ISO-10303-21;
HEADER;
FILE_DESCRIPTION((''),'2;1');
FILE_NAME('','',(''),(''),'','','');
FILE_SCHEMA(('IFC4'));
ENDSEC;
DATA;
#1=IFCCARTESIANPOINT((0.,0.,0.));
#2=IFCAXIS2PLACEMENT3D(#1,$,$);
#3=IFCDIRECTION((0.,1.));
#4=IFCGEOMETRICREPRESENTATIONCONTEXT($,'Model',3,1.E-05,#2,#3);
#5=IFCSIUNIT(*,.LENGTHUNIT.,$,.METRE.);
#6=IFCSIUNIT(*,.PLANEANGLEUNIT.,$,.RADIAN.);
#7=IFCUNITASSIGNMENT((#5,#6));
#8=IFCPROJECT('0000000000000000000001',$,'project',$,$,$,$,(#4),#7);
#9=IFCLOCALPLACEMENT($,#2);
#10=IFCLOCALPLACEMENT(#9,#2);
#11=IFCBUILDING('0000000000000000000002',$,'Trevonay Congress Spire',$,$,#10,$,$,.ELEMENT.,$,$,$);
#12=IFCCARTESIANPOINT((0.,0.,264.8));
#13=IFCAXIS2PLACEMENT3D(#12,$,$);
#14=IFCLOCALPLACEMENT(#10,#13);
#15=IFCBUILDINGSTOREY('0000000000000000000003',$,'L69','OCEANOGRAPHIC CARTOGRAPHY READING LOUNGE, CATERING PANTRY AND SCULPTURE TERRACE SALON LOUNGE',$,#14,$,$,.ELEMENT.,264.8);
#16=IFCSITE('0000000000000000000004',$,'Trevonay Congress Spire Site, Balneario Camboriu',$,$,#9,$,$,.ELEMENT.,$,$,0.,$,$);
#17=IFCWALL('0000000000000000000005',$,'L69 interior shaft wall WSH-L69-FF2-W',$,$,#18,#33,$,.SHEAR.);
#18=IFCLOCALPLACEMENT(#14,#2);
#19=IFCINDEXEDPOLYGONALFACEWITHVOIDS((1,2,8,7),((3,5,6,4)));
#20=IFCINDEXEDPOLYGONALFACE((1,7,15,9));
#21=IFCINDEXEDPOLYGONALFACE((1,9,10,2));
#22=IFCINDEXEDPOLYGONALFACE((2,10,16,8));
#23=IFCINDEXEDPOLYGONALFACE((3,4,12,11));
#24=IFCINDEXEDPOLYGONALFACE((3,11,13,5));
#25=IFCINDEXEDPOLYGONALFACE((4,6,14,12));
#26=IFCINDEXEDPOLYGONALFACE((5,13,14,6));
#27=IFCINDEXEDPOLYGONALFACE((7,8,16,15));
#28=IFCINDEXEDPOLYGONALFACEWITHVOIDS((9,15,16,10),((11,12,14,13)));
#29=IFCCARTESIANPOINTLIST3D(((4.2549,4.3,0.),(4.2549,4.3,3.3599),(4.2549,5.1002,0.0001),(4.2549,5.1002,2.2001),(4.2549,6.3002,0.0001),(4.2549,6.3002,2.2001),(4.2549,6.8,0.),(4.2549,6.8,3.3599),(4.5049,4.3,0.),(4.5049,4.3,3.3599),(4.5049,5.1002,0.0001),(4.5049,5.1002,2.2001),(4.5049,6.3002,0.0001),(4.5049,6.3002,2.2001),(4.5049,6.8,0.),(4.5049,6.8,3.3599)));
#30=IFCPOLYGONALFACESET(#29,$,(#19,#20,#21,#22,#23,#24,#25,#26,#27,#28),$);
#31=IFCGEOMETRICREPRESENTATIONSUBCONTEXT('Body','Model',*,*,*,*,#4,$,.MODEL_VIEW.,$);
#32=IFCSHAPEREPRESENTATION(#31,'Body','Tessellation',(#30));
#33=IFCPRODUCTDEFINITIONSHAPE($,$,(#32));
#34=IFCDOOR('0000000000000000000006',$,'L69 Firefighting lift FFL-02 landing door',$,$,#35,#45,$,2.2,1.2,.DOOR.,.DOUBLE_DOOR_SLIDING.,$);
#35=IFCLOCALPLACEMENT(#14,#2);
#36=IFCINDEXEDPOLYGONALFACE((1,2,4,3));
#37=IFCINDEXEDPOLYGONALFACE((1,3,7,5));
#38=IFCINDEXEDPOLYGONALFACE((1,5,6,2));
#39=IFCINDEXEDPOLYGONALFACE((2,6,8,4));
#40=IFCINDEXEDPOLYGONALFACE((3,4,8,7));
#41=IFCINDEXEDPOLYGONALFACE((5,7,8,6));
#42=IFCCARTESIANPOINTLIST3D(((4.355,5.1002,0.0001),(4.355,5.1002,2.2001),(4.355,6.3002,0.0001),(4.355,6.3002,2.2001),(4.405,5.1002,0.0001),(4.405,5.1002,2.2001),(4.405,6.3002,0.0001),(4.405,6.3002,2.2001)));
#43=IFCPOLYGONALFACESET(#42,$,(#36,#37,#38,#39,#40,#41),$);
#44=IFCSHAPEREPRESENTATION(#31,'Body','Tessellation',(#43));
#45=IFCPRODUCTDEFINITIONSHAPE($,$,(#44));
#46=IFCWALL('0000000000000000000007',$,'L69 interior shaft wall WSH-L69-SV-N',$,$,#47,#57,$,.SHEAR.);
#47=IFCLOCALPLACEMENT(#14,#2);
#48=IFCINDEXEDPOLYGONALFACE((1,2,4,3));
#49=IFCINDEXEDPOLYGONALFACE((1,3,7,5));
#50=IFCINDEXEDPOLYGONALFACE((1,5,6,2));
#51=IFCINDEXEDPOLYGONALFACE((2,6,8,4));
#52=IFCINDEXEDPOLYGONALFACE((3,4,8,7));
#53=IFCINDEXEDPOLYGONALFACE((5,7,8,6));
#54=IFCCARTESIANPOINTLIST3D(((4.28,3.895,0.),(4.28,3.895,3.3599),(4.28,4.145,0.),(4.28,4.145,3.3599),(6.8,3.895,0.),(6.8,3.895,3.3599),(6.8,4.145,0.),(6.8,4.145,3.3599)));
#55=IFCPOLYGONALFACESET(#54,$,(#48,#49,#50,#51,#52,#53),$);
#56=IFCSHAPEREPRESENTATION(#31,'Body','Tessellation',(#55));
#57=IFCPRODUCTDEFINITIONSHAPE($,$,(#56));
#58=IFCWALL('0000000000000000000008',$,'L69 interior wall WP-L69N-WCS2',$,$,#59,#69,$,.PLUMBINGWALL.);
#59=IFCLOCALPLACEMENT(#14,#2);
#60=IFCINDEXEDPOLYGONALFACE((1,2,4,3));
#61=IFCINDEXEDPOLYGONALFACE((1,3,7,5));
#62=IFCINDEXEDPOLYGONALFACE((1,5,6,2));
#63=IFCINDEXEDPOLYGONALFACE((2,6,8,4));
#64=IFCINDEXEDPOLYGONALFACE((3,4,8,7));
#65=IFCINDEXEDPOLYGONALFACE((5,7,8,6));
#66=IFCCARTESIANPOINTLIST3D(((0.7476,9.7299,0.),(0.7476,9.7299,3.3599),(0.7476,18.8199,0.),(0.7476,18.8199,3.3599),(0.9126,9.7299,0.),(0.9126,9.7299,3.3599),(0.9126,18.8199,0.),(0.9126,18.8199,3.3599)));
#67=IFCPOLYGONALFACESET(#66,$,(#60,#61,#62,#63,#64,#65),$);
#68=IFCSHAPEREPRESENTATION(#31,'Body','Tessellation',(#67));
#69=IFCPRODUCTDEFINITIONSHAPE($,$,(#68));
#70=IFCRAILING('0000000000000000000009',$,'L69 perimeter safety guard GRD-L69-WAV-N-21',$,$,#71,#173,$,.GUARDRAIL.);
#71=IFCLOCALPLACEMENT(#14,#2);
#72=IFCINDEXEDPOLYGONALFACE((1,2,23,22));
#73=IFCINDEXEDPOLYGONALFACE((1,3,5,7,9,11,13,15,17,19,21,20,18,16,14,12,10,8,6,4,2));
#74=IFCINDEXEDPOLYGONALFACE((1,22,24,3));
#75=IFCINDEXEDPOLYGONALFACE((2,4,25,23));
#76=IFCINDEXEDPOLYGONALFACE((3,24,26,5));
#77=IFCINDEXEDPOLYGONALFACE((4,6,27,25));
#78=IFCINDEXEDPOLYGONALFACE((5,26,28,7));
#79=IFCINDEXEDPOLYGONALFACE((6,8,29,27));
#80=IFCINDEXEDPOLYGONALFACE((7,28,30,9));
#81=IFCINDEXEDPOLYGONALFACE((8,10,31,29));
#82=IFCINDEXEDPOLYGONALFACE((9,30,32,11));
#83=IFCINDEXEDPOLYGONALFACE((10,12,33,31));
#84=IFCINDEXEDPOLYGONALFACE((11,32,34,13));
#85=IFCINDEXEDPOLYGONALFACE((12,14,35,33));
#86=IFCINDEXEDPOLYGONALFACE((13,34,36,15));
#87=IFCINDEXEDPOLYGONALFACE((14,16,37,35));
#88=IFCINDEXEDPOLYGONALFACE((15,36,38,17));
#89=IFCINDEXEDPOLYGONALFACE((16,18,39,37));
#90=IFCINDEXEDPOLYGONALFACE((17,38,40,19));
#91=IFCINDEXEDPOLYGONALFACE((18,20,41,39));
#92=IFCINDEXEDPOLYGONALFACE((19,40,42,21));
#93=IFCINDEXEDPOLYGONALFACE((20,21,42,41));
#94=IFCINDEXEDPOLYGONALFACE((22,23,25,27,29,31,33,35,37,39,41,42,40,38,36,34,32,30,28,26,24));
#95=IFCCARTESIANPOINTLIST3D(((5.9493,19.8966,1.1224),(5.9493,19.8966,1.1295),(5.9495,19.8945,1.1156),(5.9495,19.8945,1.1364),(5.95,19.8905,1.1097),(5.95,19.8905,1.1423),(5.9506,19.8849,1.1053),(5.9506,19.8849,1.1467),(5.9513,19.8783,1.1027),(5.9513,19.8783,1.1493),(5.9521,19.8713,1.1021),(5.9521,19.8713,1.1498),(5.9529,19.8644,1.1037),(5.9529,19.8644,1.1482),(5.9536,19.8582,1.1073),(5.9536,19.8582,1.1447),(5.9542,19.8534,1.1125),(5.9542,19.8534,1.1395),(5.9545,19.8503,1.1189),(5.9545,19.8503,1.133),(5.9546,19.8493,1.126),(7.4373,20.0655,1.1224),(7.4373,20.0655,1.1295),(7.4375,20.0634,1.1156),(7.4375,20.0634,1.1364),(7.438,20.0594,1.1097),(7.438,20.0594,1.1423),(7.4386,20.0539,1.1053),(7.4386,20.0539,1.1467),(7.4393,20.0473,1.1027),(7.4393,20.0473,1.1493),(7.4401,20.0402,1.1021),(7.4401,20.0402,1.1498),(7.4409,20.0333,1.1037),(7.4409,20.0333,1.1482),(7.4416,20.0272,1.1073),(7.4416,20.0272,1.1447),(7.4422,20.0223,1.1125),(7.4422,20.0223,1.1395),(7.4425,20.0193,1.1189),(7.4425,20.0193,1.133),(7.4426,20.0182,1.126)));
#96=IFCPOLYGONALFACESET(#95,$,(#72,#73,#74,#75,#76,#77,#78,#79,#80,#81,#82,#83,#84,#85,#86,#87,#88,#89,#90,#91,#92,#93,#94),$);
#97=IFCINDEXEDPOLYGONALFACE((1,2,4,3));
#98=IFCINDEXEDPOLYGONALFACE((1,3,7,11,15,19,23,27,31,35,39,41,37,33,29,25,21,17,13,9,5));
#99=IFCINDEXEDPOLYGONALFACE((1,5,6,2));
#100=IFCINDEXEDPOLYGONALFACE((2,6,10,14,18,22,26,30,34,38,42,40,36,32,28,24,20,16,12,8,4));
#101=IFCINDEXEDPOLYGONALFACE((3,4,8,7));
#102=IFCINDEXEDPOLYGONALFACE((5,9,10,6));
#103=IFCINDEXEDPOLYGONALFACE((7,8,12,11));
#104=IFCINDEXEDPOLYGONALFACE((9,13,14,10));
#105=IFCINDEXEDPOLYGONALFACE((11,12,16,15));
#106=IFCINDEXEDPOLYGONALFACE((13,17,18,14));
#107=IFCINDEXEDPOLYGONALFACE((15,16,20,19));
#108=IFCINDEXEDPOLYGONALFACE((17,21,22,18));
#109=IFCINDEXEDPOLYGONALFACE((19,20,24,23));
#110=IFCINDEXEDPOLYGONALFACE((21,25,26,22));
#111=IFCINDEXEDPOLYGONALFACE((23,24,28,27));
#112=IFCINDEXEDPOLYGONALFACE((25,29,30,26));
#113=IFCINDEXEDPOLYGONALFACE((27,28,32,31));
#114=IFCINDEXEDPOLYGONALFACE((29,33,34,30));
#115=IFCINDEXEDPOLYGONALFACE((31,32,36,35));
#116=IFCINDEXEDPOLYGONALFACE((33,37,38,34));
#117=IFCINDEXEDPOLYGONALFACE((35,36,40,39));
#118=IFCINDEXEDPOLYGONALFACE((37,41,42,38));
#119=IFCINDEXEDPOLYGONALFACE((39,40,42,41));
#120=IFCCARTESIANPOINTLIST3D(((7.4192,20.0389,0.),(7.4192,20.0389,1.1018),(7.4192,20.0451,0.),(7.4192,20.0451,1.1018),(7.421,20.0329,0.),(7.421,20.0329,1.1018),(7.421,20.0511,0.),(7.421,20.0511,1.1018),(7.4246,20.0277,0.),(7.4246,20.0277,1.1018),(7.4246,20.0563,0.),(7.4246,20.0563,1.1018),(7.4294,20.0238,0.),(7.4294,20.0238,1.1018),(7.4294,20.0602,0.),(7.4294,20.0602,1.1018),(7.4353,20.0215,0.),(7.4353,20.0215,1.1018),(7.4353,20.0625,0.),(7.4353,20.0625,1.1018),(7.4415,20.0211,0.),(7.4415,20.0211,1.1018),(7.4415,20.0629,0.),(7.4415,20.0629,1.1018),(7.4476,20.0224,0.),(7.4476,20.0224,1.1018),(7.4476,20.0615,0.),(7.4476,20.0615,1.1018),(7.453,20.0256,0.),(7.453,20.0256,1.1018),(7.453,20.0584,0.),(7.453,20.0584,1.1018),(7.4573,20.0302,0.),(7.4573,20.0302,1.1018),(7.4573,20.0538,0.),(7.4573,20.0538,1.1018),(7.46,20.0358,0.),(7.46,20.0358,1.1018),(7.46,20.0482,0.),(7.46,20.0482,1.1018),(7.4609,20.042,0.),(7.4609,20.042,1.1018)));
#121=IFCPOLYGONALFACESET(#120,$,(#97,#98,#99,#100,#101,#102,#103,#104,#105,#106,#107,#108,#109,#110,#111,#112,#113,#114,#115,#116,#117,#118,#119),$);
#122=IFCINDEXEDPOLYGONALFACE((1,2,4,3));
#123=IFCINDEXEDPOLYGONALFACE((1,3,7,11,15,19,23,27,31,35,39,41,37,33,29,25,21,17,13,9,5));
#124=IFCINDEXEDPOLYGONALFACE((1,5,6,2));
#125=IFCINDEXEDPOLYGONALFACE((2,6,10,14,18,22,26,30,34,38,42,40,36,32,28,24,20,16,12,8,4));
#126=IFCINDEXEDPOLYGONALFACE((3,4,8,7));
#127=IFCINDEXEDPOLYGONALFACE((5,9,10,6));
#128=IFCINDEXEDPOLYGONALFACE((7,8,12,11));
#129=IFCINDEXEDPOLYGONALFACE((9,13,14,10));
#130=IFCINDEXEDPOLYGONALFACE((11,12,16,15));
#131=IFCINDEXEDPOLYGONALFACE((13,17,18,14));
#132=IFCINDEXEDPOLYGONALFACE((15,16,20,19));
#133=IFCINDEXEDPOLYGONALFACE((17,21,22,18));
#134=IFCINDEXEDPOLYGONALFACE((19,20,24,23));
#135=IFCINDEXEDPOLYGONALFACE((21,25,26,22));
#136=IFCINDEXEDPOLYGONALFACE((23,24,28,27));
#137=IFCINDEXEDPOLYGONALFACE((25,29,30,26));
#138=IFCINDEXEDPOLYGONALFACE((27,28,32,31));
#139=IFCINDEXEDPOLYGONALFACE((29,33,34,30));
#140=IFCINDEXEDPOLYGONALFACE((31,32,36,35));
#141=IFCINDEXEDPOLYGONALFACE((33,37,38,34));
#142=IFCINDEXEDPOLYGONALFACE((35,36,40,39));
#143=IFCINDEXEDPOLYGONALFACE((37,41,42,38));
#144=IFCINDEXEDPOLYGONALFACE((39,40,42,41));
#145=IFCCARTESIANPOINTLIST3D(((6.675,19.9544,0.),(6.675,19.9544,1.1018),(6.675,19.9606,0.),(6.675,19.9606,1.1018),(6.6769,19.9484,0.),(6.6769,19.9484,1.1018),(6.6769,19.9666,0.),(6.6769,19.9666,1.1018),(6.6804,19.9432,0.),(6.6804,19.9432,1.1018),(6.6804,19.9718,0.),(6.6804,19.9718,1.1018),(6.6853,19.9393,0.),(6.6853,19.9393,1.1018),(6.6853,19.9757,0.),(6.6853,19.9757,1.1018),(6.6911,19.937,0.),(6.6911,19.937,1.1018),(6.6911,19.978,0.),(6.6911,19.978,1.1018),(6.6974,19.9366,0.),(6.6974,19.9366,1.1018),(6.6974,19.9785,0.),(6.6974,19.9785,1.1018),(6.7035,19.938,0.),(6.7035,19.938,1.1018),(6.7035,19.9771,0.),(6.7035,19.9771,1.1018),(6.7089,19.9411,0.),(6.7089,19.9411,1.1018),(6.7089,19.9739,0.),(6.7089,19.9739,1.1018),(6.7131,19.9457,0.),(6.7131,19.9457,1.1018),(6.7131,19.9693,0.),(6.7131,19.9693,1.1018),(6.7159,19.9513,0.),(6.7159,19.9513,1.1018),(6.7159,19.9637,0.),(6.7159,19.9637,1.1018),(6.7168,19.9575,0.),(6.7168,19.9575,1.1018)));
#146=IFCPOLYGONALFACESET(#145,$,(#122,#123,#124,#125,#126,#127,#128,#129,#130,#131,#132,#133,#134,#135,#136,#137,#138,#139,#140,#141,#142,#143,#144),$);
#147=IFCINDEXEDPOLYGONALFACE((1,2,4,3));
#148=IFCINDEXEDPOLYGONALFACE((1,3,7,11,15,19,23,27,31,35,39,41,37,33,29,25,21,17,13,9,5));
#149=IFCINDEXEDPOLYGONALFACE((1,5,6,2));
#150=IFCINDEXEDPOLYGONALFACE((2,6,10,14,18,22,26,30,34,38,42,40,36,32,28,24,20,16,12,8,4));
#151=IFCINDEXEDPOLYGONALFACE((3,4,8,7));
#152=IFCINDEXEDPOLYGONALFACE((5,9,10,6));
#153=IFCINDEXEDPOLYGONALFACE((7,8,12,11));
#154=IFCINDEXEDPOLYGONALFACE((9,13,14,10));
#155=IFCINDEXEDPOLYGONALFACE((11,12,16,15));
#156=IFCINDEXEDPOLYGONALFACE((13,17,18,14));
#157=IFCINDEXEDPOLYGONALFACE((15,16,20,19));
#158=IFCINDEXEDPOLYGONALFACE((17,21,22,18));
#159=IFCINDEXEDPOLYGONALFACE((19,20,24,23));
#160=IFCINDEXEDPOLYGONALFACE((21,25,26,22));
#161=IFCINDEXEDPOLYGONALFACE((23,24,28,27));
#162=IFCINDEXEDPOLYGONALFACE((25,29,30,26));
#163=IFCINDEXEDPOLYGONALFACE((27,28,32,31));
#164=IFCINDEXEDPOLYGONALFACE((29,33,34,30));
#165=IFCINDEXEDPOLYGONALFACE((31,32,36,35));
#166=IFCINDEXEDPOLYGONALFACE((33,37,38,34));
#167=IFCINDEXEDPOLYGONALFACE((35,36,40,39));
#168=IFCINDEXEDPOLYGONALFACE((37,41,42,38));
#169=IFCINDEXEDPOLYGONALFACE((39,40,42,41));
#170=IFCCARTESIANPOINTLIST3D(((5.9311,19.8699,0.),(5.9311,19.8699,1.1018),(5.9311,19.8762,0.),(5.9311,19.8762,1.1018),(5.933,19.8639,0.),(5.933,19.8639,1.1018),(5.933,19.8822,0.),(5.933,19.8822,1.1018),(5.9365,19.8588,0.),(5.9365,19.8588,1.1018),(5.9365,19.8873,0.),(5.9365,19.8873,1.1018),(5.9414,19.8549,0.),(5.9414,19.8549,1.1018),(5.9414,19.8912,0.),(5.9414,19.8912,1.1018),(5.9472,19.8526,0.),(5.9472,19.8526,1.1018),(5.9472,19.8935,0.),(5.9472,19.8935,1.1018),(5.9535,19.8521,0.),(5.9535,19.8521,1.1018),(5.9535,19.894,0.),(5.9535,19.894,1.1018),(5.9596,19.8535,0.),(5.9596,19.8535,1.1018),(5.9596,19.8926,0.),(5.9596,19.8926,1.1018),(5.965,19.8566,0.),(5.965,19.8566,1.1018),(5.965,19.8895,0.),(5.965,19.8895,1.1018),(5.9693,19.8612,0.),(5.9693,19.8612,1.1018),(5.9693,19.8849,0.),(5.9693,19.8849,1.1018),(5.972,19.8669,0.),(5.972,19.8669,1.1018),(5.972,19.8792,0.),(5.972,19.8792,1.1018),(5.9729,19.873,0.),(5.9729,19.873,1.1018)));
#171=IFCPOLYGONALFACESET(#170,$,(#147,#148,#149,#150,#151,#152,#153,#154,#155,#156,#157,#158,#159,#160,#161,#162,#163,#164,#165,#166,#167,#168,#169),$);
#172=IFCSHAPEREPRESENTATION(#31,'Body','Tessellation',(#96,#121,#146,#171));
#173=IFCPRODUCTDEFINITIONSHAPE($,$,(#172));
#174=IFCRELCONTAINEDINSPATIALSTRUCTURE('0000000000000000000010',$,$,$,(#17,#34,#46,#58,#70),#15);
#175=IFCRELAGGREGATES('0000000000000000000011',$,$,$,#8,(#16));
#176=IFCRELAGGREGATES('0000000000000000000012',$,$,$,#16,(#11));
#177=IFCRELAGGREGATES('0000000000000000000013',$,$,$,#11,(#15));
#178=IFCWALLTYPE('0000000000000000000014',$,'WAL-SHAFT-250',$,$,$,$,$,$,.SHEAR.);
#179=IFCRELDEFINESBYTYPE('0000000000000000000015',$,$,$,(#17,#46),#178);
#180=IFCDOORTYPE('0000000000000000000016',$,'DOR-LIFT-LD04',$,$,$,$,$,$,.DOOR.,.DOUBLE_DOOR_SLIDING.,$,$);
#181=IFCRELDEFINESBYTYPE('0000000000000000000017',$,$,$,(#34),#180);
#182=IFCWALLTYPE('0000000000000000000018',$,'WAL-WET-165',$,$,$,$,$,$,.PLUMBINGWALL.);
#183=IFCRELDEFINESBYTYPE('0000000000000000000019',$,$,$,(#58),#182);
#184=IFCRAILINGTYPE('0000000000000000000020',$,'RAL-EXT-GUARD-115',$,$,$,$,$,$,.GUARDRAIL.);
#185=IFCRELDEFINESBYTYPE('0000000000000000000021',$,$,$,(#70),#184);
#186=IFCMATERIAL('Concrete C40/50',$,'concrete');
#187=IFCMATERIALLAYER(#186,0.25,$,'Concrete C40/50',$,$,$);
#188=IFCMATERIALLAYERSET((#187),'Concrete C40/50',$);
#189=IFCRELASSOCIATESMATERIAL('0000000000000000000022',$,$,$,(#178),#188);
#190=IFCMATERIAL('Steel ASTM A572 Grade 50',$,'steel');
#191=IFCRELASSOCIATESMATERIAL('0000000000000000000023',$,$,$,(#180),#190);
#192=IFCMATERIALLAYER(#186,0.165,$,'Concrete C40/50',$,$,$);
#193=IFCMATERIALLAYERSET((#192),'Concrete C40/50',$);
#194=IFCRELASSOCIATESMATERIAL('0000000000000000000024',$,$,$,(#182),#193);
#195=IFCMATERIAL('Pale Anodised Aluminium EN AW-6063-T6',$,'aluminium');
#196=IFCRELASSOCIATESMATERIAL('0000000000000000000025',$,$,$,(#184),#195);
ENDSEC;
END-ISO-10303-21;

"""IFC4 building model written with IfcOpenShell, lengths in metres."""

from ifc_helpers import new_model, si_unit, direction, frame, frame_2d, origin, origin_2d, place, context, subcontext, project, spatial, rectangle, circle, extrude, material, layer, layer_set, type_object, element, fill, save


model = new_model("IFC4")

# Units and contexts
model_context = context("Model", 3, precision=1e-05, world=origin(), true_north=direction((0.0, 1.0)))
body_context = subcontext(model_context, "Body", "Model", "MODEL_VIEW")
ifc_project = project(units=[si_unit("LENGTHUNIT", "METRE"), si_unit("PLANEANGLEUNIT", "RADIAN")], contexts=[model_context])

# Site, building, storey
site_placement = place(None, origin())
site = spatial("IfcSite", under=ifc_project, at=site_placement, Name="Trevonay Congress Spire Site, Balneario Camboriu", CompositionType="ELEMENT", RefElevation=0.0)
building_placement = place(site_placement, origin())
building = spatial("IfcBuilding", under=site, at=building_placement, Name="Trevonay Congress Spire", CompositionType="ELEMENT")
storey_placement = place(building_placement, frame((0.0, 0.0, 264.8)))
storey = spatial("IfcBuildingStorey", under=building, at=storey_placement, Name="L69", Description="OCEANOGRAPHIC CARTOGRAPHY READING LOUNGE, CATERING PANTRY AND SCULPTURE TERRACE SALON LOUNGE", CompositionType="ELEMENT", Elevation=264.8)

# Shared definitions
ifc_material_1 = material(Name="Steel ASTM A572 Grade 50", Category="steel")

# Shared definitions
ifc_material_2 = material(Name="Pale Anodised Aluminium EN AW-6063-T6", Category="aluminium")

# Shared definitions
ifc_material_3 = material(Name="Concrete C40/50", Category="concrete")
ifc_layer_1 = layer(ifc_material_3, 0.25, Name="Concrete C40/50")
ifc_layer_set_1 = layer_set([ifc_layer_1], Name="Concrete C40/50")
wall_type_1 = type_object("IfcWallType", Name="WAL-SHAFT-250", PredefinedType="SHEAR", material=ifc_layer_set_1)

# Wall, opening, door
wall_1_placement = place(storey_placement, frame((4.3799, 4.3, 0.0), z_axis=(0.0, 0.0, 1.0), x_axis=(0.0, 1.0, 0.0)))
wall_1 = element("IfcWall", 1, at=wall_1_placement, inside=storey, type_object=wall_type_1, Name="L69 interior shaft wall WSH-L69-FF2-W", PredefinedType="SHEAR", context=body_context, shape_type="SweptSolid", body=[
    extrude(rectangle(XDim=2.5, YDim=0.25, at=frame_2d((1.25, 0.0))), origin(), (0.0, 0.0, 1.0), 3.3599),
])
opening_1_placement = place(wall_1_placement, frame((0.8, 0.0, 0.0)))
opening_1 = element("IfcOpeningElement", 2, at=opening_1_placement, cuts=wall_1, PredefinedType="OPENING", context=body_context, shape_type="SweptSolid", body=[
    extrude(rectangle(XDim=1.2, YDim=2.2, at=frame_2d((0.6001, 1.1001))), frame((0.0, 0.135, 0.0), z_axis=(0.0, -1.0, 0.0), x_axis=(1.0, 0.0, 0.0)), (0.0, 0.0, 1.0), 0.27),
])
door_type_1 = type_object("IfcDoorType", Name="DOR-LIFT-LD04", OperationType="DOUBLE_DOOR_SLIDING", PredefinedType="DOOR", material=ifc_material_1)
door_1_placement = place(opening_1_placement, origin())
door_1 = element("IfcDoor", 3, at=door_1_placement, inside=storey, type_object=door_type_1, Name="L69 Firefighting lift FFL-02 landing door", OperationType="DOUBLE_DOOR_SLIDING", OverallHeight=2.2, OverallWidth=1.2, PredefinedType="DOOR", context=body_context, shape_type="SweptSolid", body=[
    extrude(rectangle(XDim=1.2, YDim=2.2, at=frame_2d((0.6001, 1.1001))), frame((0.0, 0.0249, 0.0), z_axis=(0.0, -1.0, 0.0), x_axis=(1.0, 0.0, 0.0)), (0.0, 0.0, 1.0), 0.05),
])
fill(opening_1, door_1)

# Walls
wall_2_placement = place(storey_placement, frame((4.28, 4.02, 0.0), z_axis=(0.0, 0.0, 1.0), x_axis=(1.0, 0.0, 0.0)))
element("IfcWall", 4, at=wall_2_placement, inside=storey, type_object=wall_type_1, Name="L69 interior shaft wall WSH-L69-SV-N", PredefinedType="SHEAR", context=body_context, shape_type="SweptSolid", body=[
    extrude(rectangle(XDim=2.52, YDim=0.25, at=frame_2d((1.26, 0.0))), origin(), (0.0, 0.0, 1.0), 3.3599),
])
ifc_layer_2 = layer(ifc_material_3, 0.165, Name="Concrete C40/50")
ifc_layer_set_2 = layer_set([ifc_layer_2], Name="Concrete C40/50")
wall_type_2 = type_object("IfcWallType", Name="WAL-WET-165", PredefinedType="PLUMBINGWALL", material=ifc_layer_set_2)
wall_3_placement = place(storey_placement, frame((0.8301, 9.73, 0.0), z_axis=(0.0, 0.0, 1.0), x_axis=(0.0, 1.0, 0.0)))
element("IfcWall", 5, at=wall_3_placement, inside=storey, type_object=wall_type_2, Name="L69 interior wall WP-L69N-WCS2", PredefinedType="PLUMBINGWALL", context=body_context, shape_type="SweptSolid", body=[
    extrude(rectangle(XDim=9.0901, YDim=0.165, at=frame_2d((4.5449, 0.0))), origin(), (0.0, 0.0, 1.0), 3.3599),
])

# Railing
railing_type = type_object("IfcRailingType", Name="RAL-EXT-GUARD-115", PredefinedType="GUARDRAIL", material=ifc_material_2)
railing_1_placement = place(storey_placement, frame((7.4399, 20.042, 0.0)))
element("IfcRailing", 6, at=railing_1_placement, inside=storey, type_object=railing_type, Name="L69 perimeter safety guard GRD-L69-WAV-N-21", PredefinedType="GUARDRAIL", context=body_context, shape_type="SweptSolid", body=[
    extrude(circle(Radius=0.0239, at=origin_2d()), frame((0.0, 0.0, 1.126), z_axis=(-0.993616, -0.112811, 0.0), x_axis=(0.112811, -0.993616, 0.0)), (0.0, 0.0, 1.0), 1.4976),
    extrude(circle(Radius=0.021, at=origin_2d()), origin(), (0.0, 0.0, 1.0), 1.1018),
    extrude(circle(Radius=0.021, at=origin_2d()), frame((-0.7441, -0.0845, 0.0)), (0.0, 0.0, 1.0), 1.1018),
    extrude(circle(Radius=0.021, at=origin_2d()), frame((-1.488, -0.1689, 0.0)), (0.0, 0.0, 1.0), 1.1018),
])

save(model, "model.ifc")
